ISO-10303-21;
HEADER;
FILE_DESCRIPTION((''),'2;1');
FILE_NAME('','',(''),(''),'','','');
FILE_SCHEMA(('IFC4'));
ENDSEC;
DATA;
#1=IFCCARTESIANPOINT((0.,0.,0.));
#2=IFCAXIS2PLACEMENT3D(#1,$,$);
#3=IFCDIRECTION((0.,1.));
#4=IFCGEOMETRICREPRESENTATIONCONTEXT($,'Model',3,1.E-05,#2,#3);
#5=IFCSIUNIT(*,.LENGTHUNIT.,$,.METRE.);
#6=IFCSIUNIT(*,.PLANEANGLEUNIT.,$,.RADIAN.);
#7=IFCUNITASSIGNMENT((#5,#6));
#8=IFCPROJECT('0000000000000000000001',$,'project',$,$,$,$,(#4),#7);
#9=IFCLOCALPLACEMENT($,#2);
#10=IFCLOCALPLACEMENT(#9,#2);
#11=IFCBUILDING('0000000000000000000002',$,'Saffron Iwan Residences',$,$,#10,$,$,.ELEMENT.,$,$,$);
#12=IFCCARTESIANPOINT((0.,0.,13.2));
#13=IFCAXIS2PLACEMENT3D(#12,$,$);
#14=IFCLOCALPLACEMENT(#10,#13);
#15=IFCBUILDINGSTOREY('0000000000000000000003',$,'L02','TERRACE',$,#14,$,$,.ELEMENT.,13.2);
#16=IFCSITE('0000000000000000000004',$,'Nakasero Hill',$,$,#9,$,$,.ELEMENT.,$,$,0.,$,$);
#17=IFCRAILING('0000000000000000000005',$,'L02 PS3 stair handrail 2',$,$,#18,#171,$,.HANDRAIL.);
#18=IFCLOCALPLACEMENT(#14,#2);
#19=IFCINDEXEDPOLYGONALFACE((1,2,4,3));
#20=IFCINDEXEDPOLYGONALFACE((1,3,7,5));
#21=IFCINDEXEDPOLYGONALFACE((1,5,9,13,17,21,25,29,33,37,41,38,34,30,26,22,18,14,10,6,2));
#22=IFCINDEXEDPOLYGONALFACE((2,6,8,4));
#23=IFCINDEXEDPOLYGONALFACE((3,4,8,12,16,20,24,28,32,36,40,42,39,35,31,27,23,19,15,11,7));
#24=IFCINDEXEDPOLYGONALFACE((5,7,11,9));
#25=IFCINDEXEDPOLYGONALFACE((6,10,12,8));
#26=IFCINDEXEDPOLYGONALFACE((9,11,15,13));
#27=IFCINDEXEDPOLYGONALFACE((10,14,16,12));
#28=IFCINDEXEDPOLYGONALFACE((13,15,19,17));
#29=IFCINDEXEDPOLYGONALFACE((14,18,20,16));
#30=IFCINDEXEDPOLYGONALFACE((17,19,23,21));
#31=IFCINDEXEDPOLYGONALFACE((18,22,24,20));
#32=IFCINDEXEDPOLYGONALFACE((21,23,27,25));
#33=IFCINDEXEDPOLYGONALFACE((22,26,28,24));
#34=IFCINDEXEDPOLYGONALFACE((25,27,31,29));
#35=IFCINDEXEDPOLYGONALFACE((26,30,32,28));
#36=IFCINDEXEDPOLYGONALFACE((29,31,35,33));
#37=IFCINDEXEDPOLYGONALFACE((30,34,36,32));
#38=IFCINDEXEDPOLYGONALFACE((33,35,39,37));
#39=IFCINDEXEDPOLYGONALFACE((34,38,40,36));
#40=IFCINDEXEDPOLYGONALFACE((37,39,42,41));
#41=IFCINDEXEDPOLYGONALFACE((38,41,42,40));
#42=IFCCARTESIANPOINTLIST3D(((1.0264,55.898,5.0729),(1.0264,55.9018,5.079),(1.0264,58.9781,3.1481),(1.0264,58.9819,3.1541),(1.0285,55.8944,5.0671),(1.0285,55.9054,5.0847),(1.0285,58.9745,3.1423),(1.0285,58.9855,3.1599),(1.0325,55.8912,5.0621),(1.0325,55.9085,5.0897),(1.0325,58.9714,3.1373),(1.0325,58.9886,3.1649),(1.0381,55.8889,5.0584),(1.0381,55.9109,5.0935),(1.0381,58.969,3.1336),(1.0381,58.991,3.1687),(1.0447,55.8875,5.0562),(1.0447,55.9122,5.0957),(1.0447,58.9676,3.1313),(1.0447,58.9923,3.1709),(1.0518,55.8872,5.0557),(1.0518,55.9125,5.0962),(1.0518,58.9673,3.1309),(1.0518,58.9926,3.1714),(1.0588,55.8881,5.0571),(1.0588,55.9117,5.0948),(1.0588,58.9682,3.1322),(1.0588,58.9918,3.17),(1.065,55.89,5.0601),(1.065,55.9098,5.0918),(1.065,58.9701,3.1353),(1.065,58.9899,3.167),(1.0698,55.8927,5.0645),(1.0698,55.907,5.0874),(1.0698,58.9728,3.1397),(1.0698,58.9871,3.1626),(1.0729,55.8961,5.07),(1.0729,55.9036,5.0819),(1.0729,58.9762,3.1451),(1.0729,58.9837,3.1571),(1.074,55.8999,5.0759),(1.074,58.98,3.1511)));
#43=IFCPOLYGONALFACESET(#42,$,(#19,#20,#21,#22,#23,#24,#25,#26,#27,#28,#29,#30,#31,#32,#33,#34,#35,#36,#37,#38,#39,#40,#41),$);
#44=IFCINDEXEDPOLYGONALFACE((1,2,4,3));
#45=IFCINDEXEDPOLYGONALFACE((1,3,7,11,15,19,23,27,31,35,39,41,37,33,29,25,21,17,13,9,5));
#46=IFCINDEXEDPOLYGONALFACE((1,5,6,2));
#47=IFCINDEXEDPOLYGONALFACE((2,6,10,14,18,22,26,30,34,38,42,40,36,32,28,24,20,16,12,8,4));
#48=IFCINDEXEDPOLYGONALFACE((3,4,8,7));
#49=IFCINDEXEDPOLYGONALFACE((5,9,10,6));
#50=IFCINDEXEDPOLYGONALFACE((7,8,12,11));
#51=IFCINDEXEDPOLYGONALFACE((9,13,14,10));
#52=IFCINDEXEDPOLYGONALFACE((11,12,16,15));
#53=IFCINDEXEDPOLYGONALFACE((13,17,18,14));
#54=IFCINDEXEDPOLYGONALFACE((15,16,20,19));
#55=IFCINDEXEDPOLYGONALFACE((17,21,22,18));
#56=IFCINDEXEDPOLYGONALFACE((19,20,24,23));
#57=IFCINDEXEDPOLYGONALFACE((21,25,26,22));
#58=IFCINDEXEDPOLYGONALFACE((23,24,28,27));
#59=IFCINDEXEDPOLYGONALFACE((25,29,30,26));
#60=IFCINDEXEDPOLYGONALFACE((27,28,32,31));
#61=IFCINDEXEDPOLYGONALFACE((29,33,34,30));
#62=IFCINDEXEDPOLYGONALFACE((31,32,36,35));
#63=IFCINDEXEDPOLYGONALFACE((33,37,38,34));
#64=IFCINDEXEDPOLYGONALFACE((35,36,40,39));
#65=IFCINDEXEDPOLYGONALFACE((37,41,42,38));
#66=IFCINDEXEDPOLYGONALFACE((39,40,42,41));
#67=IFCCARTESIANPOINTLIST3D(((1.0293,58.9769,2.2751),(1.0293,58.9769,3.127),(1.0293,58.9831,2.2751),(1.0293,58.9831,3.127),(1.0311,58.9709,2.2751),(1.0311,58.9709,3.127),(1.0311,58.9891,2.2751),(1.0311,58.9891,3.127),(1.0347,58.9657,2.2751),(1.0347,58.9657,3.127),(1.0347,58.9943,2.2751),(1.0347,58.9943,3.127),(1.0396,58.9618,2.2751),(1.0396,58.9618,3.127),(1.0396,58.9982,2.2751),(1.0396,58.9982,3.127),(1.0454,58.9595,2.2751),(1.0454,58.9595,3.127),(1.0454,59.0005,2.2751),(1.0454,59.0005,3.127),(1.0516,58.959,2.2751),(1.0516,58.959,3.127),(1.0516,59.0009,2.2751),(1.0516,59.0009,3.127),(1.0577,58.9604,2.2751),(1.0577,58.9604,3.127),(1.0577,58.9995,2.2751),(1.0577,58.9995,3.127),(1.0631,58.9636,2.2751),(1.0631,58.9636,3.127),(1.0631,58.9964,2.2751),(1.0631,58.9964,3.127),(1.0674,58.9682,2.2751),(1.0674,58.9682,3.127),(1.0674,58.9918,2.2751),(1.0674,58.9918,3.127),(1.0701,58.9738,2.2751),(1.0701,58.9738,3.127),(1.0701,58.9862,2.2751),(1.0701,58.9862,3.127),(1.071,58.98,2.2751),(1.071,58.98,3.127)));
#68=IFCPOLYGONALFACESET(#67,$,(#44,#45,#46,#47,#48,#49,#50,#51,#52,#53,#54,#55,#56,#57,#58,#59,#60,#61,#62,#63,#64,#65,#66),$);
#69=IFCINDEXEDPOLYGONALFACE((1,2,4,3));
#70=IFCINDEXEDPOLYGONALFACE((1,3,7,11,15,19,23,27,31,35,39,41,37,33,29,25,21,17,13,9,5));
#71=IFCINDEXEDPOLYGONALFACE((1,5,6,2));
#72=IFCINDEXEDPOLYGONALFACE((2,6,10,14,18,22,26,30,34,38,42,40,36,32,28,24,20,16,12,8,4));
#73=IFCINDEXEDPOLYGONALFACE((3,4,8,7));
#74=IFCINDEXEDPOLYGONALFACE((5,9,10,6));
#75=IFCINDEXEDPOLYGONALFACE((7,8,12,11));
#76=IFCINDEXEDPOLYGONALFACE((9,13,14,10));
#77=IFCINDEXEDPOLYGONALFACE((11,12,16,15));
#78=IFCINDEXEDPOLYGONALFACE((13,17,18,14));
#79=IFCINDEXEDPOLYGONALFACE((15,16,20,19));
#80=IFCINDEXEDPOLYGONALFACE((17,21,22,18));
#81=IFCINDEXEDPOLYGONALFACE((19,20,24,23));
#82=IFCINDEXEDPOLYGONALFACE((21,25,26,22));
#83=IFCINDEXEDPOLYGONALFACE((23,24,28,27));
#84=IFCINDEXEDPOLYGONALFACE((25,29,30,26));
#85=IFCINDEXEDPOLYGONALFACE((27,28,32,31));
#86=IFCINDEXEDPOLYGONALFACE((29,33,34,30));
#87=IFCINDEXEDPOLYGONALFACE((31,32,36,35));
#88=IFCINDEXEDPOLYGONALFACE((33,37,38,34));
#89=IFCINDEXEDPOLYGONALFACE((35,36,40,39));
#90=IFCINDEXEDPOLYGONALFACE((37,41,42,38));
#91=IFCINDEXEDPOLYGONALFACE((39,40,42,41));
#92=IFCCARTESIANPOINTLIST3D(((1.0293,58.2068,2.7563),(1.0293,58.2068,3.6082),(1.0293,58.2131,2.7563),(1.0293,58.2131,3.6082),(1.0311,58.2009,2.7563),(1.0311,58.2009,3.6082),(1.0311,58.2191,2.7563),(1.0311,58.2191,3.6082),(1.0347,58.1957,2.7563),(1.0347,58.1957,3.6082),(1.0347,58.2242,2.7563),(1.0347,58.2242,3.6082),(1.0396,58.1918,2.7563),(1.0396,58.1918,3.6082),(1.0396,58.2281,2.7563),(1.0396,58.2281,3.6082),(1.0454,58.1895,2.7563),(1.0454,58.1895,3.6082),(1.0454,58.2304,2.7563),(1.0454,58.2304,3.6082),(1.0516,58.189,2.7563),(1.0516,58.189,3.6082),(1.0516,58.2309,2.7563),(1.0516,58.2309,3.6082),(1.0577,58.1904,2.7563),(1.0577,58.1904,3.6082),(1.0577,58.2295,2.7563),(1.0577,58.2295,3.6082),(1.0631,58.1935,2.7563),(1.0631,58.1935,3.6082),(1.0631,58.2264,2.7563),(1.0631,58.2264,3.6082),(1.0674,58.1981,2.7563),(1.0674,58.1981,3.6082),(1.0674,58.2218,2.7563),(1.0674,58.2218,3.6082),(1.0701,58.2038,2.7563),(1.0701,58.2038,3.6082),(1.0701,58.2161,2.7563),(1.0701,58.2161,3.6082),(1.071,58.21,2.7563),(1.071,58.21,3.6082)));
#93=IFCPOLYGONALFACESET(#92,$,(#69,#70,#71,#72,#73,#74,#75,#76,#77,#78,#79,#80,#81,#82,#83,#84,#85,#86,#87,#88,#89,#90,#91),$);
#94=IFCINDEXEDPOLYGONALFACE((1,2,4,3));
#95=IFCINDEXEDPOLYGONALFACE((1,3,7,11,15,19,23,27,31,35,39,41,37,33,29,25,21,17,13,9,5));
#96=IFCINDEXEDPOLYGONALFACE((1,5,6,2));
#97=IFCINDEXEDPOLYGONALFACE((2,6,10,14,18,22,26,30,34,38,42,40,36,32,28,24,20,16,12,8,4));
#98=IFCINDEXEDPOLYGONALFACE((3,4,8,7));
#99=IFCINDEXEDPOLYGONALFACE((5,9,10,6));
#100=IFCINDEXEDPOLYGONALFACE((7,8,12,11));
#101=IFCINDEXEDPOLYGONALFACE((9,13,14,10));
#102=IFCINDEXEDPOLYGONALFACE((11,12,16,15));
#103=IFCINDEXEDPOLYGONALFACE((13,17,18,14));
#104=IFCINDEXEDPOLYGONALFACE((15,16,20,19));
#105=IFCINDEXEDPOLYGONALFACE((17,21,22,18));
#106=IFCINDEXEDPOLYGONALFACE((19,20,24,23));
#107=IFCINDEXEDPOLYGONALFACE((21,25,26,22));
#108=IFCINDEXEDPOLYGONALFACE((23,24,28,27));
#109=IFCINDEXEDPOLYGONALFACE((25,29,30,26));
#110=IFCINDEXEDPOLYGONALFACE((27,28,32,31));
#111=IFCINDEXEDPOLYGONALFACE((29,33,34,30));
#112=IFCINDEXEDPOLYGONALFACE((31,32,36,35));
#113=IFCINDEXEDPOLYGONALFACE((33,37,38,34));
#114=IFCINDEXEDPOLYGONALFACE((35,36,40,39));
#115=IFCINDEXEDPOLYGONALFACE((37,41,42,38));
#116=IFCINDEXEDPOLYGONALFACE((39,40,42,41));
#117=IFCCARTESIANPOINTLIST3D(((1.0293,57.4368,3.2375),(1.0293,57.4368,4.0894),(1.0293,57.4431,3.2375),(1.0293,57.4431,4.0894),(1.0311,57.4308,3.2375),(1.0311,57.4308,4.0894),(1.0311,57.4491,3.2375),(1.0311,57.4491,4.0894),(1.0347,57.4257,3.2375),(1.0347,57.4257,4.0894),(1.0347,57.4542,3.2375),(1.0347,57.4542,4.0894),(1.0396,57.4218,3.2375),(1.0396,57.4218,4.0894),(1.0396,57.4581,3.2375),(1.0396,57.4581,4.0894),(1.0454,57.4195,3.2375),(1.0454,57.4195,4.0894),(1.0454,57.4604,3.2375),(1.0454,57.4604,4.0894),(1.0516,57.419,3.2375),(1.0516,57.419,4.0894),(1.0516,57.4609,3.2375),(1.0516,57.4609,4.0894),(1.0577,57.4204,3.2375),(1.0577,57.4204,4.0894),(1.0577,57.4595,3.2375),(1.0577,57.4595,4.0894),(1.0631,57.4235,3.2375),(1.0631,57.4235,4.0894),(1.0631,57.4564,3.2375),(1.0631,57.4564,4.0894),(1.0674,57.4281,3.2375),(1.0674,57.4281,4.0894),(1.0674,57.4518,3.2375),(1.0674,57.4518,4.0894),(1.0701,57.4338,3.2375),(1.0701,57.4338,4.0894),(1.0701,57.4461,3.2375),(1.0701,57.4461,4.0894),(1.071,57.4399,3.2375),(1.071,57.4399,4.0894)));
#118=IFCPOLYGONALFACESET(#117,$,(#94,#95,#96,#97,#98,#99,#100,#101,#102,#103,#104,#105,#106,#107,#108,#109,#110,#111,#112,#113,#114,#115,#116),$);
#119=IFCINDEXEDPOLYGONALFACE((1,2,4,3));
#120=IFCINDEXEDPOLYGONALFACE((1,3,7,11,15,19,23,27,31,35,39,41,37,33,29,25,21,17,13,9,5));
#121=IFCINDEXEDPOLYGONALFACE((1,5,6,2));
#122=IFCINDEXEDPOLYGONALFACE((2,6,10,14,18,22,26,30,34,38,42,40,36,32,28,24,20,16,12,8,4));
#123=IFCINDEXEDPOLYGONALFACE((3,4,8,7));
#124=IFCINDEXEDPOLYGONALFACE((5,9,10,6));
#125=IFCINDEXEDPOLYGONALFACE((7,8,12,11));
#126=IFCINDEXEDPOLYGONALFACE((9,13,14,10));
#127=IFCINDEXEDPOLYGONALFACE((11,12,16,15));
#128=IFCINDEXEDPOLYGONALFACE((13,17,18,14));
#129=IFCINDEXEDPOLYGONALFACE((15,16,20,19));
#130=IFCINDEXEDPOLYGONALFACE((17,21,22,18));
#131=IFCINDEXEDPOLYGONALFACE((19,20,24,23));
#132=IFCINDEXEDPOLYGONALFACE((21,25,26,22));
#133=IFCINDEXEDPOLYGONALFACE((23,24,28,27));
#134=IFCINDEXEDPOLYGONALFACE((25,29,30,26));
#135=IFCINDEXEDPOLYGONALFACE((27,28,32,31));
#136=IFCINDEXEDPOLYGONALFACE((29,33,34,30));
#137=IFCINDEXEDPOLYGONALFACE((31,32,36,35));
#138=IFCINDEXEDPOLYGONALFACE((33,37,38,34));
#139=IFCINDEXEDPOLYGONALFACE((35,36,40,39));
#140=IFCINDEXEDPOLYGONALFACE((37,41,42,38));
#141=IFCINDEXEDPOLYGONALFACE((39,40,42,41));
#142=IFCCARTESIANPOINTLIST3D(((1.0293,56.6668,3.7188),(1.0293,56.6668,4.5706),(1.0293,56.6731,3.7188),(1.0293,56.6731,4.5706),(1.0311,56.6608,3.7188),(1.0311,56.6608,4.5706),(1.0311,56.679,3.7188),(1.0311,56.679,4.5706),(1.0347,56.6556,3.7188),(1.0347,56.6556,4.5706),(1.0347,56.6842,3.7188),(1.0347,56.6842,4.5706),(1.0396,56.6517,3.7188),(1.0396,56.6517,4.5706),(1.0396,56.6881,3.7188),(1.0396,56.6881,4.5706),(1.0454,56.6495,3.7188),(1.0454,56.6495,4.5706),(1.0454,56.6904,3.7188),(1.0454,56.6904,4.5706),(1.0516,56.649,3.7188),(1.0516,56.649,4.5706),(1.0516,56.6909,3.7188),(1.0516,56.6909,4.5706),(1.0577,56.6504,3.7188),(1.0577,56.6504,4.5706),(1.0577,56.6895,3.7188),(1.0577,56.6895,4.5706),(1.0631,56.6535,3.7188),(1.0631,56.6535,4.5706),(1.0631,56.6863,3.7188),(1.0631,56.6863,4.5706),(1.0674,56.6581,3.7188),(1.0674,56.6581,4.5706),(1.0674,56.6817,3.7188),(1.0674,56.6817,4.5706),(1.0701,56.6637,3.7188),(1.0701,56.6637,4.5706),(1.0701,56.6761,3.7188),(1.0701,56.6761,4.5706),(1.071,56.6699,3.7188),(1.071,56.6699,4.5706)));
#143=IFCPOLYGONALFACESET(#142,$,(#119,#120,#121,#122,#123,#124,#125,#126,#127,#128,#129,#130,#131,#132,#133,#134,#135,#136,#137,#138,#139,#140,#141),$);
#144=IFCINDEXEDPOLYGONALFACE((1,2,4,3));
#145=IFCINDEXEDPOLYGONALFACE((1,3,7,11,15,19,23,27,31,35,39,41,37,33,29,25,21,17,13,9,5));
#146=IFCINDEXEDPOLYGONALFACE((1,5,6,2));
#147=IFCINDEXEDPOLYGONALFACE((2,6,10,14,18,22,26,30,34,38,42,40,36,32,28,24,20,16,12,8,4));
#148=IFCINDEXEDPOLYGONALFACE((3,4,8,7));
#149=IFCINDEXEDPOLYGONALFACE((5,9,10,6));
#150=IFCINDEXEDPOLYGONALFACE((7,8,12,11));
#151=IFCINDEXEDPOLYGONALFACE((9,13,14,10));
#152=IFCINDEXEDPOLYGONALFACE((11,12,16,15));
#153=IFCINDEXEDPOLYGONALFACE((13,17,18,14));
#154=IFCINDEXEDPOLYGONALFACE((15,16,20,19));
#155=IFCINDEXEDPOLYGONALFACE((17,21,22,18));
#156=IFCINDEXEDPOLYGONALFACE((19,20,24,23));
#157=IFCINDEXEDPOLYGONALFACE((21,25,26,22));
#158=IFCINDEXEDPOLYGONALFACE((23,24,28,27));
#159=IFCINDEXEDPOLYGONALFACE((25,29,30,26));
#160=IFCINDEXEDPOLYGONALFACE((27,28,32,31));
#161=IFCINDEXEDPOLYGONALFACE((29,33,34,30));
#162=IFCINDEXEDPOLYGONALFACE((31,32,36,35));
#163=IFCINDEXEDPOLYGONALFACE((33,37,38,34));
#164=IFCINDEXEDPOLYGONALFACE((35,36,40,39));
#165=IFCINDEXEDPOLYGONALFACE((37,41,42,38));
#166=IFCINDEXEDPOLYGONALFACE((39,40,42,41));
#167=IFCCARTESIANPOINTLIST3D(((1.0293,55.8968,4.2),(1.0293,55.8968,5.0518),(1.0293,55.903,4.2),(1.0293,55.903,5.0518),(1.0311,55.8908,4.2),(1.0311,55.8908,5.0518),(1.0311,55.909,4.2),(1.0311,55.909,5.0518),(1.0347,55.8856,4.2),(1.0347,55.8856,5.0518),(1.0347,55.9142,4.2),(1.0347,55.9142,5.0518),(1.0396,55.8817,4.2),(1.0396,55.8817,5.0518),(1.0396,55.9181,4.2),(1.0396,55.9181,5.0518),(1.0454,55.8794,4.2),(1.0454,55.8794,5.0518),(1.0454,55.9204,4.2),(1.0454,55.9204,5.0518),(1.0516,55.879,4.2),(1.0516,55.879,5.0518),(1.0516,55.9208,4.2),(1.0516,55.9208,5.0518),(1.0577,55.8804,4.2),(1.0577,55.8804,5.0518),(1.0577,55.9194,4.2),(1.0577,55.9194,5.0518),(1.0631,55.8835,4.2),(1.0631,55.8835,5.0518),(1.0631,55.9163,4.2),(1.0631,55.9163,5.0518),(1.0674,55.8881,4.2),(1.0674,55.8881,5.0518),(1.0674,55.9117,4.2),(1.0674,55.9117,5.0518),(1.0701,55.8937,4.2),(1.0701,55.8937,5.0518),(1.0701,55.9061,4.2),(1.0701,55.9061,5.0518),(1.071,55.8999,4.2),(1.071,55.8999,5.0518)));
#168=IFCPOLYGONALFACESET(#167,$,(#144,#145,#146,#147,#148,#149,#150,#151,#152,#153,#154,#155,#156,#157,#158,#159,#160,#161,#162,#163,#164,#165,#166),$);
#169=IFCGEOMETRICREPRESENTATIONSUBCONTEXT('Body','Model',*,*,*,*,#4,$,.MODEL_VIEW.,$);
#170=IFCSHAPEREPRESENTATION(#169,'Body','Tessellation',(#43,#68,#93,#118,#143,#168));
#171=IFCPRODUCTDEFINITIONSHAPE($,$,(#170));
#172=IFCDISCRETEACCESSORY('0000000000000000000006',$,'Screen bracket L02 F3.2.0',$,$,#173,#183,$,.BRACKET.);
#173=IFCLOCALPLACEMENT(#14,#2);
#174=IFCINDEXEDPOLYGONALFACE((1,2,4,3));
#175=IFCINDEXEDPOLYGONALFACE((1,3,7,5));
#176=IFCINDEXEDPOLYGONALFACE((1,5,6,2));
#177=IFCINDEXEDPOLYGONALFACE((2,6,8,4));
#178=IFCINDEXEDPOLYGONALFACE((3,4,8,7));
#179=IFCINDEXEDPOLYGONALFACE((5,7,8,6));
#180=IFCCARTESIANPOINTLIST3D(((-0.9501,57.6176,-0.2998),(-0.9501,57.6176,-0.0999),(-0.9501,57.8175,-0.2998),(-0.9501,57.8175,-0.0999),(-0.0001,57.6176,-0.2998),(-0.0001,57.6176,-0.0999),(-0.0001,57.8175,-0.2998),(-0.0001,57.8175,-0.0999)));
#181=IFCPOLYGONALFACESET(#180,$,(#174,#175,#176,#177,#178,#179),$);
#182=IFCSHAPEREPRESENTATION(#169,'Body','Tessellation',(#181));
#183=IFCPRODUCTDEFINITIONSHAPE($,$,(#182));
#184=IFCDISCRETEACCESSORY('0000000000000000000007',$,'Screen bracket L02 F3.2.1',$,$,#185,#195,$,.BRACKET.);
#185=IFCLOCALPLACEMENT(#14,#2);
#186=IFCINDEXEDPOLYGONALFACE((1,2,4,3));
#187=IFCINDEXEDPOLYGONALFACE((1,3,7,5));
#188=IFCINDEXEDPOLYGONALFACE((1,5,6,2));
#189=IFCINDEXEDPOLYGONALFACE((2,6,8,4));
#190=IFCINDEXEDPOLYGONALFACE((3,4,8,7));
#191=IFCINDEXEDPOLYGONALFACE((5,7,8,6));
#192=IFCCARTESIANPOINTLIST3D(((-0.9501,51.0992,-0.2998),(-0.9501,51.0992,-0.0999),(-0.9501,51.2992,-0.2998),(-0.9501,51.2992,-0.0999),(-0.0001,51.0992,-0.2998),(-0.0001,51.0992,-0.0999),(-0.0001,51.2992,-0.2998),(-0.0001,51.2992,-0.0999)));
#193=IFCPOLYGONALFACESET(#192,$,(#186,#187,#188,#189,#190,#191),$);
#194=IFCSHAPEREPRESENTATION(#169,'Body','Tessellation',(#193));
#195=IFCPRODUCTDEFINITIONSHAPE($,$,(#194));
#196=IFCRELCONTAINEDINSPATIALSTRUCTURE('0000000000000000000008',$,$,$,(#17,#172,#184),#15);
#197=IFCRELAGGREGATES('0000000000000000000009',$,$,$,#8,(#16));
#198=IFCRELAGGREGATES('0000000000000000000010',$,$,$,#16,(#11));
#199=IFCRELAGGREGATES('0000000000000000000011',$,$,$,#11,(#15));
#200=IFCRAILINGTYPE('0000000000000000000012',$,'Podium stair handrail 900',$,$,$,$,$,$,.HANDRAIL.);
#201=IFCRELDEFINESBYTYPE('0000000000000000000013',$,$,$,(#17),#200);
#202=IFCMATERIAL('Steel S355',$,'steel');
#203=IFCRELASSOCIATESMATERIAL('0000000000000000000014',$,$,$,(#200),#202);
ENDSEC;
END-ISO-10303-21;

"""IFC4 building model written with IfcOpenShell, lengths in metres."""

from ifc_helpers import new_model, si_unit, direction, frame, origin, origin_2d, place, context, subcontext, project, spatial, rectangle, circle, extrude, source, transform, mapped, material, type_object, element, save


model = new_model("IFC4")

# Units and contexts
model_context = context("Model", 3, precision=1e-05, world=origin(), true_north=direction((0.0, 1.0)))
body_context = subcontext(model_context, "Body", "Model", "MODEL_VIEW")
ifc_project = project(units=[si_unit("LENGTHUNIT", "METRE"), si_unit("PLANEANGLEUNIT", "RADIAN")], contexts=[model_context])

# Site, building, storey
site_placement = place(None, origin())
site = spatial("IfcSite", under=ifc_project, at=site_placement, Name="Nakasero Hill", CompositionType="ELEMENT", RefElevation=0.0)
building_placement = place(site_placement, origin())
building = spatial("IfcBuilding", under=site, at=building_placement, Name="Saffron Iwan Residences", CompositionType="ELEMENT")
storey_placement = place(building_placement, frame((0.0, 0.0, 13.2)))
storey = spatial("IfcBuildingStorey", under=building, at=storey_placement, Name="L02", Description="TERRACE", CompositionType="ELEMENT", Elevation=13.2)

# Railing
ifc_material_1 = material(Name="Steel S355", Category="steel")
railing_type_1 = type_object("IfcRailingType", Name="Podium stair handrail 900", PredefinedType="HANDRAIL", material=ifc_material_1)
railing_1_placement = place(storey_placement, frame((1.05, 58.98, 2.2751)))
element("IfcRailing", 1, at=railing_1_placement, inside=storey, type_object=railing_type_1, Name="L02 PS3 stair handrail 2", PredefinedType="HANDRAIL", context=body_context, shape_type="SweptSolid", body=[
    extrude(circle(Radius=0.0239, at=origin_2d()), frame((0.0, 0.0, 0.876), z_axis=(0.0, -0.848029, 0.529951), x_axis=(1.0, 0.0, 0.0)), (0.0, 0.0, 1.0), 3.6321),
    extrude(circle(Radius=0.021, at=origin_2d()), origin(), (0.0, 0.0, 1.0), 0.8518),
    extrude(circle(Radius=0.021, at=origin_2d()), frame((0.0, -0.77, 0.4812)), (0.0, 0.0, 1.0), 0.8518),
    extrude(circle(Radius=0.021, at=origin_2d()), frame((0.0, -1.54, 0.9624)), (0.0, 0.0, 1.0), 0.8518),
    extrude(circle(Radius=0.021, at=origin_2d()), frame((0.0, -2.3101, 1.4436)), (0.0, 0.0, 1.0), 0.8518),
    extrude(circle(Radius=0.021, at=origin_2d()), frame((0.0, -3.0801, 1.9248)), (0.0, 0.0, 1.0), 0.8518),
])

# Discrete accessories
shared_shape = source(origin(), body_context, "Body", "SweptSolid", [
    extrude(rectangle(XDim=0.95, YDim=0.2, at=origin_2d()), origin(), (0.0, 0.0, 1.0), 0.2),
])
for number, where, z_axis, x_axis, name in (
    (2, (-0.4751, 57.7175, -0.2998), (0.0, 0.0, 1.0), (-1.0, 0.0, 0.0), "Screen bracket L02 F3.2.0"),
    (3, (-0.4751, 51.1992, -0.2998), (0.0, 0.0, 1.0), (-1.0, 0.0, 0.0), "Screen bracket L02 F3.2.1"),
):
    element("IfcDiscreteAccessory", number, at=place(storey_placement, frame(where, z_axis=z_axis, x_axis=x_axis)), inside=storey, Name=name, PredefinedType="BRACKET", context=body_context, shape_type="MappedRepresentation", body=[
        mapped(shared_shape, transform((0.0, 0.0, 0.0))),
    ])

save(model, "model.ifc")
